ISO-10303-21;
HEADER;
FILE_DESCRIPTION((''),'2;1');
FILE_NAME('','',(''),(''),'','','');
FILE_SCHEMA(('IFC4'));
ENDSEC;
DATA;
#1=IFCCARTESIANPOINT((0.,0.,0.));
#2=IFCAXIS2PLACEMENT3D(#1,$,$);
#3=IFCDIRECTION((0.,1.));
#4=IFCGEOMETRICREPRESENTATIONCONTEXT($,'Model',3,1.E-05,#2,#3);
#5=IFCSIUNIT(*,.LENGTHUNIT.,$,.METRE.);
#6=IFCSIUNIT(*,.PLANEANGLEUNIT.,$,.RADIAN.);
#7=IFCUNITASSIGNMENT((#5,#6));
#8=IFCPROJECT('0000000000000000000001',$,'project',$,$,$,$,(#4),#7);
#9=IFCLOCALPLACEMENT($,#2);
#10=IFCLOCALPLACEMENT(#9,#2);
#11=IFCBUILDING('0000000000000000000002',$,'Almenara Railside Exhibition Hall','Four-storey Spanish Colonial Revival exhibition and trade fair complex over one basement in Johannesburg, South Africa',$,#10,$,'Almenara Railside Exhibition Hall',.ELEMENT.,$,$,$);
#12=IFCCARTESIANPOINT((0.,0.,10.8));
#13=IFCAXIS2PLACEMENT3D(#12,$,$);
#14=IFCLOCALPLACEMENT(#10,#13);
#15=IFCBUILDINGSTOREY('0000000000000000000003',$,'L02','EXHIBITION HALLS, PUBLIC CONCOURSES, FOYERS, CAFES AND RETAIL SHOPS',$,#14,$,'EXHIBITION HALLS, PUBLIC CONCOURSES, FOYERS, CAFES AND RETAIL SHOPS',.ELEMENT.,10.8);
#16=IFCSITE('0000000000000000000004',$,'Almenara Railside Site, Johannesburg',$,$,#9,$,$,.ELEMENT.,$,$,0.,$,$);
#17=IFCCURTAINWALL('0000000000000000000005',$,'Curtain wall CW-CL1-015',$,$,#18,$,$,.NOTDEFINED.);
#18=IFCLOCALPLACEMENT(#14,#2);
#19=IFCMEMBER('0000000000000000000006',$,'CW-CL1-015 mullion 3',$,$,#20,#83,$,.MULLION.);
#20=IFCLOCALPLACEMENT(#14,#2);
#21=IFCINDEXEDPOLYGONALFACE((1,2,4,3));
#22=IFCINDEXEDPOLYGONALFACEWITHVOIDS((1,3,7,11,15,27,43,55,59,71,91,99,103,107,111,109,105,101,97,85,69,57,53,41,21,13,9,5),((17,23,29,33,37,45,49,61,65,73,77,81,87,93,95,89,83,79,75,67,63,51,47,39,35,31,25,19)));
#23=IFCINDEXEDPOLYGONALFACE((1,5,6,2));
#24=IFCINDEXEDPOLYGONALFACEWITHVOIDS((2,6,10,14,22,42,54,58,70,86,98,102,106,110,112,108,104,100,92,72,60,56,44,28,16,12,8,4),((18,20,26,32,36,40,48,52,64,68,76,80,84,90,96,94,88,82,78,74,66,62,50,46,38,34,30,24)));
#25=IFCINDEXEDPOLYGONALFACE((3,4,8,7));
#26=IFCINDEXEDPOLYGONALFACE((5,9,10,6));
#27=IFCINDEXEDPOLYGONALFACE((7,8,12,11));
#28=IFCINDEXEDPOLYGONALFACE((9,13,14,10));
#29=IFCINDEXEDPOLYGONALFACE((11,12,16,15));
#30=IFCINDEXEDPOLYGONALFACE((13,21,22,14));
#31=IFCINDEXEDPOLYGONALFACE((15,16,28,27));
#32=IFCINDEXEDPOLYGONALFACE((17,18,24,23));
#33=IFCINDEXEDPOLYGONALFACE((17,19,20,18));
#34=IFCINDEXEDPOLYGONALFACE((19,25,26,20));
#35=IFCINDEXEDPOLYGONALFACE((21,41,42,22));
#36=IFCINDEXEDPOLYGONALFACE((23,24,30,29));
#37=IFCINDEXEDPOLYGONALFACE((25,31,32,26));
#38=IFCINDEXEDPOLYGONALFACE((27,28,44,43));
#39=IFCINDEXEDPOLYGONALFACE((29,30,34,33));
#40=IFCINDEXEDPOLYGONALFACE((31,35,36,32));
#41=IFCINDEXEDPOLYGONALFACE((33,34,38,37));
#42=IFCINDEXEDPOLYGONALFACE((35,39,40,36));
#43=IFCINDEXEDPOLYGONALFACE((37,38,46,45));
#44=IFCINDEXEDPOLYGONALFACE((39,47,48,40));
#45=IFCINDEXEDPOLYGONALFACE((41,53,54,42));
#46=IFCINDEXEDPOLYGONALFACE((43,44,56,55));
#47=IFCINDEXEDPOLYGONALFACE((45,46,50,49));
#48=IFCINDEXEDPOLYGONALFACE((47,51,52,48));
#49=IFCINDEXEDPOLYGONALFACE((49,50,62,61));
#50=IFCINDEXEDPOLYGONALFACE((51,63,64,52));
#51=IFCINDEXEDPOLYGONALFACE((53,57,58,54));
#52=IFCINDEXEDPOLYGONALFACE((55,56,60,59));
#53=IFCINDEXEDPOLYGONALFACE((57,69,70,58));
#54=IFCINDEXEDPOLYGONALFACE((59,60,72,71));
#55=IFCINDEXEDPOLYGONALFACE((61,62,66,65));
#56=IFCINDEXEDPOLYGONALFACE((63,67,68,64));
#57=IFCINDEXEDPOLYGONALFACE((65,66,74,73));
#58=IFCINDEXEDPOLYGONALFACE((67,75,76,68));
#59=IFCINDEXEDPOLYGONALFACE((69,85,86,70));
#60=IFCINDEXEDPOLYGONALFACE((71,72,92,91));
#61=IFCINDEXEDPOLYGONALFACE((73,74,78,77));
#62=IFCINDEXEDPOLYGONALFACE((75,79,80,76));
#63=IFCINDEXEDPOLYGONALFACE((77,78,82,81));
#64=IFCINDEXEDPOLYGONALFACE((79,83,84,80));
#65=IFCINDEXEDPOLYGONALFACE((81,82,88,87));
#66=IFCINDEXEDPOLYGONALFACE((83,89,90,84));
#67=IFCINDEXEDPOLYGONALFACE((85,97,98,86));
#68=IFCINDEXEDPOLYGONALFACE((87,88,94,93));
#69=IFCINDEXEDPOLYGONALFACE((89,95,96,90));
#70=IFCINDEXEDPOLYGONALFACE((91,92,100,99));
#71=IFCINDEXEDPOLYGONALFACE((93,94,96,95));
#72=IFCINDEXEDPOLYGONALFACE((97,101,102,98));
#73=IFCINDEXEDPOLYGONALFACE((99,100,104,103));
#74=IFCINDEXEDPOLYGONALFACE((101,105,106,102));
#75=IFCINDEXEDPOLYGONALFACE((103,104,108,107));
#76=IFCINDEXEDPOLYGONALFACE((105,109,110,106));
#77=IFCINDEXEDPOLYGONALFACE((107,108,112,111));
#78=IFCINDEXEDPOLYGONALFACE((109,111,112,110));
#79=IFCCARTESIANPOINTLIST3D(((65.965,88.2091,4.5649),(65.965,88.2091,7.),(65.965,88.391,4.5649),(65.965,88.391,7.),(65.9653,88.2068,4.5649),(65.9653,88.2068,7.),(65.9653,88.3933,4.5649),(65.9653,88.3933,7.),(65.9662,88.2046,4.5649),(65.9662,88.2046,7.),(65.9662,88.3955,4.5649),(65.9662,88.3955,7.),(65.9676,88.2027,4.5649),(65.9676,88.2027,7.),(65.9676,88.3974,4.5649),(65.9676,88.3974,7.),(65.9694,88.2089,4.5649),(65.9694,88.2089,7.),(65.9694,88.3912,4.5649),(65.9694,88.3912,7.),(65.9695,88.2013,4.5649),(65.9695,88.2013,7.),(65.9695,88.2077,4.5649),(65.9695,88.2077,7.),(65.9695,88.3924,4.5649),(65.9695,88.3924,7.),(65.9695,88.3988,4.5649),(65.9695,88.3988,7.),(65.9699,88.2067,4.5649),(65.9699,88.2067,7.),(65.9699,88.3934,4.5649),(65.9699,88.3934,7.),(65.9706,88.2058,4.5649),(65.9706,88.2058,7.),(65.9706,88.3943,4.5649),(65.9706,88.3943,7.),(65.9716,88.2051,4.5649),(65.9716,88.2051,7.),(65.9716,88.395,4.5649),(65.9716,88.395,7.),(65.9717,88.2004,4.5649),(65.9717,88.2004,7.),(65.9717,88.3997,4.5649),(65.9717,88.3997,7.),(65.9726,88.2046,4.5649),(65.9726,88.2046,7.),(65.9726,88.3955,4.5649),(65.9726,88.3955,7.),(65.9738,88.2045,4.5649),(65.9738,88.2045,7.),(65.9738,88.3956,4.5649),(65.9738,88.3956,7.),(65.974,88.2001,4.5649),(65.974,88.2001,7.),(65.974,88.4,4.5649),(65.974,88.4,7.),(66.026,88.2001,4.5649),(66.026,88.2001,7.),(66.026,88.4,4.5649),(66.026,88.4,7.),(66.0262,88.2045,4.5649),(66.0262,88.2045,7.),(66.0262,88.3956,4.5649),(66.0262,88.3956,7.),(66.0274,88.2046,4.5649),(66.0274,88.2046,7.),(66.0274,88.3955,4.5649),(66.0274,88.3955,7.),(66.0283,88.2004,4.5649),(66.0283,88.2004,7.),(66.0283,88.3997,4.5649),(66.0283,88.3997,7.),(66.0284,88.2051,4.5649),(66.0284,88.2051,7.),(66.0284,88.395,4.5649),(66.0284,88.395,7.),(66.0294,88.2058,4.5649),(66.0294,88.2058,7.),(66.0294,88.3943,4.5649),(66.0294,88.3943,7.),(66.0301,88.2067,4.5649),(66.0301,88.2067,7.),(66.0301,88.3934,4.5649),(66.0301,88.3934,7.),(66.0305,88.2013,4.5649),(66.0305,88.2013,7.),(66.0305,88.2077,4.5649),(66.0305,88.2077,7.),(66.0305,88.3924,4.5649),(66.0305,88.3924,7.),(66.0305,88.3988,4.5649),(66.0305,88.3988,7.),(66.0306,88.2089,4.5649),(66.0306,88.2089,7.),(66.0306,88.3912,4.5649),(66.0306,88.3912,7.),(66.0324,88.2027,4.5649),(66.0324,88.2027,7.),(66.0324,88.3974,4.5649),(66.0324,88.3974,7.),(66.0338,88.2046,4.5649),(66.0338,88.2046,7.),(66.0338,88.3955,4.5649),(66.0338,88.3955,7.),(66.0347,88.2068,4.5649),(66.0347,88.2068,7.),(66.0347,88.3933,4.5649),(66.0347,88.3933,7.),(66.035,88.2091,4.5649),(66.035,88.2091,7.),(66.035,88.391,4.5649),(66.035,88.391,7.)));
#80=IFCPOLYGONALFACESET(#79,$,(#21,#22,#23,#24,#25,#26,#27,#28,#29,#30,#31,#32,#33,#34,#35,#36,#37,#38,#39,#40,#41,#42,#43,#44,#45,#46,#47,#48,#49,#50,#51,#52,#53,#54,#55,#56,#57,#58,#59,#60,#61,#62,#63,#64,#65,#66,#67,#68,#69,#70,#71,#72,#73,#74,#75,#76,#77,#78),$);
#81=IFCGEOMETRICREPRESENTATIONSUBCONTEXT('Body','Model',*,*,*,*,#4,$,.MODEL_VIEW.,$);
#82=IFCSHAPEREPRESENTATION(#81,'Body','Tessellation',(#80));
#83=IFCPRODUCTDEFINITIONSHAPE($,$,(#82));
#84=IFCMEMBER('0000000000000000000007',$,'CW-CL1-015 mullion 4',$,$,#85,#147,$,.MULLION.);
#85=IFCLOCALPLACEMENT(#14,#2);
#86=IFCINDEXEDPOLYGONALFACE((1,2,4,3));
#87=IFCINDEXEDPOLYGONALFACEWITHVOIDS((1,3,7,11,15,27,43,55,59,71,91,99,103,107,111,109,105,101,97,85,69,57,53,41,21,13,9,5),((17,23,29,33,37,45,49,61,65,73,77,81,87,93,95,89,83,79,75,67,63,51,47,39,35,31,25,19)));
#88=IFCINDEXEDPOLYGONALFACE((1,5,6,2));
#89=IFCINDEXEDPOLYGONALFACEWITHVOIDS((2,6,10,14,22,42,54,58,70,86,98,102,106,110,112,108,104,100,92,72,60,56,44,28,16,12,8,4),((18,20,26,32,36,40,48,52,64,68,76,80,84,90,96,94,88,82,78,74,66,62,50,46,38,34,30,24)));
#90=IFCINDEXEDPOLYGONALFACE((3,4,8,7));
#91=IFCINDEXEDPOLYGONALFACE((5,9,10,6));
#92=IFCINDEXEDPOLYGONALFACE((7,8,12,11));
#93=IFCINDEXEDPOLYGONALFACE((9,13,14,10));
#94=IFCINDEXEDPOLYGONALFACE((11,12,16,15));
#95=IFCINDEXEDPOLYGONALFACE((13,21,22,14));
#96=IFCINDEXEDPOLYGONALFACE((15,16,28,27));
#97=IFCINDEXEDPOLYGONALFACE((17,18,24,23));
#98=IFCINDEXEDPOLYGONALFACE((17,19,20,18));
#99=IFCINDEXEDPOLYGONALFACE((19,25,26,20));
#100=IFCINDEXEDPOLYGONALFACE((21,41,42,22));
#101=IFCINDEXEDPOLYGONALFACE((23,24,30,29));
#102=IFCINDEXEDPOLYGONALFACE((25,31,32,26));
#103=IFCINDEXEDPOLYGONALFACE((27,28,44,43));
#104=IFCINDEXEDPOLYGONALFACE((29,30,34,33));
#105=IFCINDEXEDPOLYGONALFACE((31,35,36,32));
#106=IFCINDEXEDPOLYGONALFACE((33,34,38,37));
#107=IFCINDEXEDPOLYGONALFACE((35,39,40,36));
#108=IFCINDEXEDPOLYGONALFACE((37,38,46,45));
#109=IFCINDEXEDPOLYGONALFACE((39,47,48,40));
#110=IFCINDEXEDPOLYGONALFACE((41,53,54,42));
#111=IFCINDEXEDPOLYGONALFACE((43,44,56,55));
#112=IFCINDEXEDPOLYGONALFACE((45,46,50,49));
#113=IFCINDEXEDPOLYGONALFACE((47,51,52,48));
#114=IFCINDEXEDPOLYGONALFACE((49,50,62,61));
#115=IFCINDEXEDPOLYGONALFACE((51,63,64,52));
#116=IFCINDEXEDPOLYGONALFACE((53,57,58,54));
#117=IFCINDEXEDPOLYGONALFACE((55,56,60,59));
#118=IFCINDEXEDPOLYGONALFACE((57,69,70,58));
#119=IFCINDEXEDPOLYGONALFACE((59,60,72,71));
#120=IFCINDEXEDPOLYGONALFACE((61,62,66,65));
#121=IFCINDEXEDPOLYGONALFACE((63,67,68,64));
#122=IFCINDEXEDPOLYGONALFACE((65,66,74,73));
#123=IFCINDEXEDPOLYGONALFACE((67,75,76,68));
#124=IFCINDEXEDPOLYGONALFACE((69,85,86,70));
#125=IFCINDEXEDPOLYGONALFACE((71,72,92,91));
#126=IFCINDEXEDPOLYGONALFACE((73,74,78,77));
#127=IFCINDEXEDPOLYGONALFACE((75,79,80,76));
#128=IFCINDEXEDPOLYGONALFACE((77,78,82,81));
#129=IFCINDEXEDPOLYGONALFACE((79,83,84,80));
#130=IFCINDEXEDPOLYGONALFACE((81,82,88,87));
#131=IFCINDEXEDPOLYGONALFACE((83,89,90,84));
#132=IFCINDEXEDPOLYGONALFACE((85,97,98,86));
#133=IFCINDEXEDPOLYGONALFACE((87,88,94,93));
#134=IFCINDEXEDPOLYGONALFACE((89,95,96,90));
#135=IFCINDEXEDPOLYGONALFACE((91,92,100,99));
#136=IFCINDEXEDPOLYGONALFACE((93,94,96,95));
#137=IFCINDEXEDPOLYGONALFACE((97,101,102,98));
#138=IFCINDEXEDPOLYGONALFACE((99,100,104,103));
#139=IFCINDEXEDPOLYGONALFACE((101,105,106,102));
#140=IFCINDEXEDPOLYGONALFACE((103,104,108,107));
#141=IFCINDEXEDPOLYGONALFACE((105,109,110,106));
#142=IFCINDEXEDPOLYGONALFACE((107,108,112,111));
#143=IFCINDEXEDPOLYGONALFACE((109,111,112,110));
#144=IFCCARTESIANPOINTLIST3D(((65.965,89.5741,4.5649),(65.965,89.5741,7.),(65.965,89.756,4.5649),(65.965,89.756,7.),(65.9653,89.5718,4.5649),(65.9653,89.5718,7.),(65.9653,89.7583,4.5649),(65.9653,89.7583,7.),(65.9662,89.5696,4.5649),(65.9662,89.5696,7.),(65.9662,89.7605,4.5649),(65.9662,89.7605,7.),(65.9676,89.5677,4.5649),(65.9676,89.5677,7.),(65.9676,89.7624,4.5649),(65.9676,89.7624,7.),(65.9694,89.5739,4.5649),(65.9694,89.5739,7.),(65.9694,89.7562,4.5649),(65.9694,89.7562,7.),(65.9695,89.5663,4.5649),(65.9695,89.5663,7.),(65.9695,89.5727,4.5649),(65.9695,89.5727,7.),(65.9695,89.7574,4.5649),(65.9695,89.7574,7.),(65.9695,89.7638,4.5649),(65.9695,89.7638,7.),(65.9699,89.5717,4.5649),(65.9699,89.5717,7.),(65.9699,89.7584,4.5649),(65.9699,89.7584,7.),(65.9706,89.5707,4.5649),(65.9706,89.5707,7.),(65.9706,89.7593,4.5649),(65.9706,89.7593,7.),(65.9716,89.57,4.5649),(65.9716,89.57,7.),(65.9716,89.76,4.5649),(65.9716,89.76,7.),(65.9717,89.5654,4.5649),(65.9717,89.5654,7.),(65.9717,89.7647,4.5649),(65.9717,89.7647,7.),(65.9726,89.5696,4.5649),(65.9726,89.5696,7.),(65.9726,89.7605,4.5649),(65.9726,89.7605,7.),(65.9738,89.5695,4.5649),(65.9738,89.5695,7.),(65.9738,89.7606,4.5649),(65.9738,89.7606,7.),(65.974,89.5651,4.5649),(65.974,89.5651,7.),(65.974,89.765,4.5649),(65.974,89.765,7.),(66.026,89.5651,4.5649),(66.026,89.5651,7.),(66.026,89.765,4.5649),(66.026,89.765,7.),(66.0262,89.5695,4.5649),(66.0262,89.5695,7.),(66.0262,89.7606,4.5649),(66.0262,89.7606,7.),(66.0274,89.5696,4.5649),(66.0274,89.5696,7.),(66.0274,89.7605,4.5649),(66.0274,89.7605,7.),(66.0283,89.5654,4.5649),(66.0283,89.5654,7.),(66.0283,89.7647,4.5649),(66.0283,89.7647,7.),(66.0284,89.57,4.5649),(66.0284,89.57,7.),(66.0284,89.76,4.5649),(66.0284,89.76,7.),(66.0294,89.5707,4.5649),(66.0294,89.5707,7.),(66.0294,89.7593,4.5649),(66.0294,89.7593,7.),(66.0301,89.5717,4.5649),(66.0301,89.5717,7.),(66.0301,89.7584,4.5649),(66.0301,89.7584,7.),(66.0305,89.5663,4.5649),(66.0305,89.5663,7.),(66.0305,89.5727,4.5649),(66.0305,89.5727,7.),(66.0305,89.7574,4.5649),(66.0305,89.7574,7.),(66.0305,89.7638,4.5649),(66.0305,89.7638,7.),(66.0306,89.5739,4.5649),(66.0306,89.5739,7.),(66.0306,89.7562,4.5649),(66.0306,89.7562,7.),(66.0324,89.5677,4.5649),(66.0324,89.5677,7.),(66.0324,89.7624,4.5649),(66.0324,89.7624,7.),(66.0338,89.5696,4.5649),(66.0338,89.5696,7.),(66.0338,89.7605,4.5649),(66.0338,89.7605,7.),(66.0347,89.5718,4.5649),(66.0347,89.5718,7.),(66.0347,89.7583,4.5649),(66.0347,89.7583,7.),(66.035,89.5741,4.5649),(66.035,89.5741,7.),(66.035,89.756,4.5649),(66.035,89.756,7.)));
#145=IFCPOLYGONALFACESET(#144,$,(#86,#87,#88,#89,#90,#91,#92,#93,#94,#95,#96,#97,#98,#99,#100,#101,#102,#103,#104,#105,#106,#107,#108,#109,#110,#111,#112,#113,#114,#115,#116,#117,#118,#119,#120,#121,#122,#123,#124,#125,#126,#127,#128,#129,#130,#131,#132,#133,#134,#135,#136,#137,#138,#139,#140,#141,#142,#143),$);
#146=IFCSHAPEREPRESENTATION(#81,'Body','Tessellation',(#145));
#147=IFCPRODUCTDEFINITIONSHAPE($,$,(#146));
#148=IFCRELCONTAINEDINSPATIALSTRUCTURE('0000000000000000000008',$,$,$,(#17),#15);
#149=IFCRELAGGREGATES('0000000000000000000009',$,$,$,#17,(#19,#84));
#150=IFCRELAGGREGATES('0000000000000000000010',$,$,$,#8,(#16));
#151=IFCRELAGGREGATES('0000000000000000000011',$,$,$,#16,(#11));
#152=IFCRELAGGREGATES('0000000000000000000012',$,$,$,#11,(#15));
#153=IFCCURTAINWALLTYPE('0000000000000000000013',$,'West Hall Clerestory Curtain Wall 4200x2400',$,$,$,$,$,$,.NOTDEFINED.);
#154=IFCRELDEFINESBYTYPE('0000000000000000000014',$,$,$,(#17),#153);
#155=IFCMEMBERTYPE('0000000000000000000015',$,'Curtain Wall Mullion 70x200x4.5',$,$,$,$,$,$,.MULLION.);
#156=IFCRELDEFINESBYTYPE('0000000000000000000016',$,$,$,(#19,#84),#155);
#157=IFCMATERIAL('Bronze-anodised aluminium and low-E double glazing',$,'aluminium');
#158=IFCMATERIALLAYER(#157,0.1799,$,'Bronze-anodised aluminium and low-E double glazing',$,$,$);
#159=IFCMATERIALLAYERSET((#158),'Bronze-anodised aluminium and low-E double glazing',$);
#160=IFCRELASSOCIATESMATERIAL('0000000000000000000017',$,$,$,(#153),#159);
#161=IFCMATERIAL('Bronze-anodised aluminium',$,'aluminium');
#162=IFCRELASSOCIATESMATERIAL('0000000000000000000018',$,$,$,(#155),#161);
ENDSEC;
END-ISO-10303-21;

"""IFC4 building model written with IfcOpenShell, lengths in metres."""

from ifc_helpers import new_model, si_unit, direction, frame, origin, origin_2d, place, context, subcontext, project, spatial, hollow_rectangle, extrude, material, layer, layer_set, material_profile, profile_set, type_object, element, aggregate, save


model = new_model("IFC4")

# Units and contexts
model_context = context("Model", 3, precision=1e-05, world=origin(), true_north=direction((0.0, 1.0)))
body_context = subcontext(model_context, "Body", "Model", "MODEL_VIEW")
ifc_project = project(units=[si_unit("LENGTHUNIT", "METRE"), si_unit("PLANEANGLEUNIT", "RADIAN")], contexts=[model_context])

# Site, building, storey
site_placement = place(None, origin())
site = spatial("IfcSite", under=ifc_project, at=site_placement, Name="Almenara Railside Site, Johannesburg", CompositionType="ELEMENT", RefElevation=0.0)
building_placement = place(site_placement, origin())
building = spatial("IfcBuilding", under=site, at=building_placement, Name="Almenara Railside Exhibition Hall", Description="Four-storey Spanish Colonial Revival exhibition and trade fair complex over one basement in Johannesburg, South Africa", LongName="Almenara Railside Exhibition Hall", CompositionType="ELEMENT")
storey_placement = place(building_placement, frame((0.0, 0.0, 10.8)))
storey = spatial("IfcBuildingStorey", under=building, at=storey_placement, Name="L02", Description="EXHIBITION HALLS, PUBLIC CONCOURSES, FOYERS, CAFES AND RETAIL SHOPS", LongName="EXHIBITION HALLS, PUBLIC CONCOURSES, FOYERS, CAFES AND RETAIL SHOPS", CompositionType="ELEMENT", Elevation=10.8)

# Shared definitions
ifc_material_1 = material(Name="Bronze-anodised aluminium and low-E double glazing", Category="aluminium")
ifc_layer_1 = layer(ifc_material_1, 0.1799, Name="Bronze-anodised aluminium and low-E double glazing")
ifc_layer_set_1 = layer_set([ifc_layer_1], Name="Bronze-anodised aluminium and low-E double glazing")
curtain_wall_type = type_object("IfcCurtainWallType", Name="West Hall Clerestory Curtain Wall 4200x2400", PredefinedType="NOTDEFINED", material=ifc_layer_set_1)
ifc_material_2 = material(Name="Bronze-anodised aluminium", Category="aluminium")

# Curtain wall, members
curtain_wall_1_placement = place(storey_placement, origin())
curtain_wall_1 = element("IfcCurtainWall", 1, at=curtain_wall_1_placement, inside=storey, type_object=curtain_wall_type, Name="Curtain wall CW-CL1-015", PredefinedType="NOTDEFINED")
ifc_material_profile_1 = material_profile(ifc_material_2, hollow_rectangle(XDim=0.0701, YDim=0.2, WallThickness=0.0044, InnerFilletRadius=0.0044, OuterFilletRadius=0.009, at=origin_2d()), Name="ALU-MUL 70x200x4.5")
ifc_profile_set_1 = profile_set([ifc_material_profile_1], Name="Bronze-anodised aluminium")
member_type_1 = type_object("IfcMemberType", Name="Curtain Wall Mullion 70x200x4.5", PredefinedType="MULLION", material=ifc_profile_set_1)
member_1_placement = place(storey_placement, frame((66.0, 88.3, 4.5649), z_axis=(0.0, 0.0, 1.0), x_axis=(-1.0, 0.0, 0.0)))
member_1 = element("IfcMember", 2, at=member_1_placement, type_object=member_type_1, Name="CW-CL1-015 mullion 3", PredefinedType="MULLION", context=body_context, shape_type="SweptSolid", body=[
    extrude(hollow_rectangle(XDim=0.0701, YDim=0.2, WallThickness=0.0044, InnerFilletRadius=0.0044, OuterFilletRadius=0.009, at=origin_2d()), origin(), (0.0, 0.0, 1.0), 2.4351),
])
member_2_placement = place(storey_placement, frame((66.0, 89.665, 4.5649), z_axis=(0.0, 0.0, 1.0), x_axis=(-1.0, 0.0, 0.0)))
member_2 = element("IfcMember", 3, at=member_2_placement, type_object=member_type_1, Name="CW-CL1-015 mullion 4", PredefinedType="MULLION", context=body_context, shape_type="SweptSolid", body=[
    extrude(hollow_rectangle(XDim=0.0701, YDim=0.2, WallThickness=0.0044, InnerFilletRadius=0.0044, OuterFilletRadius=0.009, at=origin_2d()), origin(), (0.0, 0.0, 1.0), 2.4351),
])

aggregate(curtain_wall_1, [member_1, member_2])

save(model, "model.ifc")
